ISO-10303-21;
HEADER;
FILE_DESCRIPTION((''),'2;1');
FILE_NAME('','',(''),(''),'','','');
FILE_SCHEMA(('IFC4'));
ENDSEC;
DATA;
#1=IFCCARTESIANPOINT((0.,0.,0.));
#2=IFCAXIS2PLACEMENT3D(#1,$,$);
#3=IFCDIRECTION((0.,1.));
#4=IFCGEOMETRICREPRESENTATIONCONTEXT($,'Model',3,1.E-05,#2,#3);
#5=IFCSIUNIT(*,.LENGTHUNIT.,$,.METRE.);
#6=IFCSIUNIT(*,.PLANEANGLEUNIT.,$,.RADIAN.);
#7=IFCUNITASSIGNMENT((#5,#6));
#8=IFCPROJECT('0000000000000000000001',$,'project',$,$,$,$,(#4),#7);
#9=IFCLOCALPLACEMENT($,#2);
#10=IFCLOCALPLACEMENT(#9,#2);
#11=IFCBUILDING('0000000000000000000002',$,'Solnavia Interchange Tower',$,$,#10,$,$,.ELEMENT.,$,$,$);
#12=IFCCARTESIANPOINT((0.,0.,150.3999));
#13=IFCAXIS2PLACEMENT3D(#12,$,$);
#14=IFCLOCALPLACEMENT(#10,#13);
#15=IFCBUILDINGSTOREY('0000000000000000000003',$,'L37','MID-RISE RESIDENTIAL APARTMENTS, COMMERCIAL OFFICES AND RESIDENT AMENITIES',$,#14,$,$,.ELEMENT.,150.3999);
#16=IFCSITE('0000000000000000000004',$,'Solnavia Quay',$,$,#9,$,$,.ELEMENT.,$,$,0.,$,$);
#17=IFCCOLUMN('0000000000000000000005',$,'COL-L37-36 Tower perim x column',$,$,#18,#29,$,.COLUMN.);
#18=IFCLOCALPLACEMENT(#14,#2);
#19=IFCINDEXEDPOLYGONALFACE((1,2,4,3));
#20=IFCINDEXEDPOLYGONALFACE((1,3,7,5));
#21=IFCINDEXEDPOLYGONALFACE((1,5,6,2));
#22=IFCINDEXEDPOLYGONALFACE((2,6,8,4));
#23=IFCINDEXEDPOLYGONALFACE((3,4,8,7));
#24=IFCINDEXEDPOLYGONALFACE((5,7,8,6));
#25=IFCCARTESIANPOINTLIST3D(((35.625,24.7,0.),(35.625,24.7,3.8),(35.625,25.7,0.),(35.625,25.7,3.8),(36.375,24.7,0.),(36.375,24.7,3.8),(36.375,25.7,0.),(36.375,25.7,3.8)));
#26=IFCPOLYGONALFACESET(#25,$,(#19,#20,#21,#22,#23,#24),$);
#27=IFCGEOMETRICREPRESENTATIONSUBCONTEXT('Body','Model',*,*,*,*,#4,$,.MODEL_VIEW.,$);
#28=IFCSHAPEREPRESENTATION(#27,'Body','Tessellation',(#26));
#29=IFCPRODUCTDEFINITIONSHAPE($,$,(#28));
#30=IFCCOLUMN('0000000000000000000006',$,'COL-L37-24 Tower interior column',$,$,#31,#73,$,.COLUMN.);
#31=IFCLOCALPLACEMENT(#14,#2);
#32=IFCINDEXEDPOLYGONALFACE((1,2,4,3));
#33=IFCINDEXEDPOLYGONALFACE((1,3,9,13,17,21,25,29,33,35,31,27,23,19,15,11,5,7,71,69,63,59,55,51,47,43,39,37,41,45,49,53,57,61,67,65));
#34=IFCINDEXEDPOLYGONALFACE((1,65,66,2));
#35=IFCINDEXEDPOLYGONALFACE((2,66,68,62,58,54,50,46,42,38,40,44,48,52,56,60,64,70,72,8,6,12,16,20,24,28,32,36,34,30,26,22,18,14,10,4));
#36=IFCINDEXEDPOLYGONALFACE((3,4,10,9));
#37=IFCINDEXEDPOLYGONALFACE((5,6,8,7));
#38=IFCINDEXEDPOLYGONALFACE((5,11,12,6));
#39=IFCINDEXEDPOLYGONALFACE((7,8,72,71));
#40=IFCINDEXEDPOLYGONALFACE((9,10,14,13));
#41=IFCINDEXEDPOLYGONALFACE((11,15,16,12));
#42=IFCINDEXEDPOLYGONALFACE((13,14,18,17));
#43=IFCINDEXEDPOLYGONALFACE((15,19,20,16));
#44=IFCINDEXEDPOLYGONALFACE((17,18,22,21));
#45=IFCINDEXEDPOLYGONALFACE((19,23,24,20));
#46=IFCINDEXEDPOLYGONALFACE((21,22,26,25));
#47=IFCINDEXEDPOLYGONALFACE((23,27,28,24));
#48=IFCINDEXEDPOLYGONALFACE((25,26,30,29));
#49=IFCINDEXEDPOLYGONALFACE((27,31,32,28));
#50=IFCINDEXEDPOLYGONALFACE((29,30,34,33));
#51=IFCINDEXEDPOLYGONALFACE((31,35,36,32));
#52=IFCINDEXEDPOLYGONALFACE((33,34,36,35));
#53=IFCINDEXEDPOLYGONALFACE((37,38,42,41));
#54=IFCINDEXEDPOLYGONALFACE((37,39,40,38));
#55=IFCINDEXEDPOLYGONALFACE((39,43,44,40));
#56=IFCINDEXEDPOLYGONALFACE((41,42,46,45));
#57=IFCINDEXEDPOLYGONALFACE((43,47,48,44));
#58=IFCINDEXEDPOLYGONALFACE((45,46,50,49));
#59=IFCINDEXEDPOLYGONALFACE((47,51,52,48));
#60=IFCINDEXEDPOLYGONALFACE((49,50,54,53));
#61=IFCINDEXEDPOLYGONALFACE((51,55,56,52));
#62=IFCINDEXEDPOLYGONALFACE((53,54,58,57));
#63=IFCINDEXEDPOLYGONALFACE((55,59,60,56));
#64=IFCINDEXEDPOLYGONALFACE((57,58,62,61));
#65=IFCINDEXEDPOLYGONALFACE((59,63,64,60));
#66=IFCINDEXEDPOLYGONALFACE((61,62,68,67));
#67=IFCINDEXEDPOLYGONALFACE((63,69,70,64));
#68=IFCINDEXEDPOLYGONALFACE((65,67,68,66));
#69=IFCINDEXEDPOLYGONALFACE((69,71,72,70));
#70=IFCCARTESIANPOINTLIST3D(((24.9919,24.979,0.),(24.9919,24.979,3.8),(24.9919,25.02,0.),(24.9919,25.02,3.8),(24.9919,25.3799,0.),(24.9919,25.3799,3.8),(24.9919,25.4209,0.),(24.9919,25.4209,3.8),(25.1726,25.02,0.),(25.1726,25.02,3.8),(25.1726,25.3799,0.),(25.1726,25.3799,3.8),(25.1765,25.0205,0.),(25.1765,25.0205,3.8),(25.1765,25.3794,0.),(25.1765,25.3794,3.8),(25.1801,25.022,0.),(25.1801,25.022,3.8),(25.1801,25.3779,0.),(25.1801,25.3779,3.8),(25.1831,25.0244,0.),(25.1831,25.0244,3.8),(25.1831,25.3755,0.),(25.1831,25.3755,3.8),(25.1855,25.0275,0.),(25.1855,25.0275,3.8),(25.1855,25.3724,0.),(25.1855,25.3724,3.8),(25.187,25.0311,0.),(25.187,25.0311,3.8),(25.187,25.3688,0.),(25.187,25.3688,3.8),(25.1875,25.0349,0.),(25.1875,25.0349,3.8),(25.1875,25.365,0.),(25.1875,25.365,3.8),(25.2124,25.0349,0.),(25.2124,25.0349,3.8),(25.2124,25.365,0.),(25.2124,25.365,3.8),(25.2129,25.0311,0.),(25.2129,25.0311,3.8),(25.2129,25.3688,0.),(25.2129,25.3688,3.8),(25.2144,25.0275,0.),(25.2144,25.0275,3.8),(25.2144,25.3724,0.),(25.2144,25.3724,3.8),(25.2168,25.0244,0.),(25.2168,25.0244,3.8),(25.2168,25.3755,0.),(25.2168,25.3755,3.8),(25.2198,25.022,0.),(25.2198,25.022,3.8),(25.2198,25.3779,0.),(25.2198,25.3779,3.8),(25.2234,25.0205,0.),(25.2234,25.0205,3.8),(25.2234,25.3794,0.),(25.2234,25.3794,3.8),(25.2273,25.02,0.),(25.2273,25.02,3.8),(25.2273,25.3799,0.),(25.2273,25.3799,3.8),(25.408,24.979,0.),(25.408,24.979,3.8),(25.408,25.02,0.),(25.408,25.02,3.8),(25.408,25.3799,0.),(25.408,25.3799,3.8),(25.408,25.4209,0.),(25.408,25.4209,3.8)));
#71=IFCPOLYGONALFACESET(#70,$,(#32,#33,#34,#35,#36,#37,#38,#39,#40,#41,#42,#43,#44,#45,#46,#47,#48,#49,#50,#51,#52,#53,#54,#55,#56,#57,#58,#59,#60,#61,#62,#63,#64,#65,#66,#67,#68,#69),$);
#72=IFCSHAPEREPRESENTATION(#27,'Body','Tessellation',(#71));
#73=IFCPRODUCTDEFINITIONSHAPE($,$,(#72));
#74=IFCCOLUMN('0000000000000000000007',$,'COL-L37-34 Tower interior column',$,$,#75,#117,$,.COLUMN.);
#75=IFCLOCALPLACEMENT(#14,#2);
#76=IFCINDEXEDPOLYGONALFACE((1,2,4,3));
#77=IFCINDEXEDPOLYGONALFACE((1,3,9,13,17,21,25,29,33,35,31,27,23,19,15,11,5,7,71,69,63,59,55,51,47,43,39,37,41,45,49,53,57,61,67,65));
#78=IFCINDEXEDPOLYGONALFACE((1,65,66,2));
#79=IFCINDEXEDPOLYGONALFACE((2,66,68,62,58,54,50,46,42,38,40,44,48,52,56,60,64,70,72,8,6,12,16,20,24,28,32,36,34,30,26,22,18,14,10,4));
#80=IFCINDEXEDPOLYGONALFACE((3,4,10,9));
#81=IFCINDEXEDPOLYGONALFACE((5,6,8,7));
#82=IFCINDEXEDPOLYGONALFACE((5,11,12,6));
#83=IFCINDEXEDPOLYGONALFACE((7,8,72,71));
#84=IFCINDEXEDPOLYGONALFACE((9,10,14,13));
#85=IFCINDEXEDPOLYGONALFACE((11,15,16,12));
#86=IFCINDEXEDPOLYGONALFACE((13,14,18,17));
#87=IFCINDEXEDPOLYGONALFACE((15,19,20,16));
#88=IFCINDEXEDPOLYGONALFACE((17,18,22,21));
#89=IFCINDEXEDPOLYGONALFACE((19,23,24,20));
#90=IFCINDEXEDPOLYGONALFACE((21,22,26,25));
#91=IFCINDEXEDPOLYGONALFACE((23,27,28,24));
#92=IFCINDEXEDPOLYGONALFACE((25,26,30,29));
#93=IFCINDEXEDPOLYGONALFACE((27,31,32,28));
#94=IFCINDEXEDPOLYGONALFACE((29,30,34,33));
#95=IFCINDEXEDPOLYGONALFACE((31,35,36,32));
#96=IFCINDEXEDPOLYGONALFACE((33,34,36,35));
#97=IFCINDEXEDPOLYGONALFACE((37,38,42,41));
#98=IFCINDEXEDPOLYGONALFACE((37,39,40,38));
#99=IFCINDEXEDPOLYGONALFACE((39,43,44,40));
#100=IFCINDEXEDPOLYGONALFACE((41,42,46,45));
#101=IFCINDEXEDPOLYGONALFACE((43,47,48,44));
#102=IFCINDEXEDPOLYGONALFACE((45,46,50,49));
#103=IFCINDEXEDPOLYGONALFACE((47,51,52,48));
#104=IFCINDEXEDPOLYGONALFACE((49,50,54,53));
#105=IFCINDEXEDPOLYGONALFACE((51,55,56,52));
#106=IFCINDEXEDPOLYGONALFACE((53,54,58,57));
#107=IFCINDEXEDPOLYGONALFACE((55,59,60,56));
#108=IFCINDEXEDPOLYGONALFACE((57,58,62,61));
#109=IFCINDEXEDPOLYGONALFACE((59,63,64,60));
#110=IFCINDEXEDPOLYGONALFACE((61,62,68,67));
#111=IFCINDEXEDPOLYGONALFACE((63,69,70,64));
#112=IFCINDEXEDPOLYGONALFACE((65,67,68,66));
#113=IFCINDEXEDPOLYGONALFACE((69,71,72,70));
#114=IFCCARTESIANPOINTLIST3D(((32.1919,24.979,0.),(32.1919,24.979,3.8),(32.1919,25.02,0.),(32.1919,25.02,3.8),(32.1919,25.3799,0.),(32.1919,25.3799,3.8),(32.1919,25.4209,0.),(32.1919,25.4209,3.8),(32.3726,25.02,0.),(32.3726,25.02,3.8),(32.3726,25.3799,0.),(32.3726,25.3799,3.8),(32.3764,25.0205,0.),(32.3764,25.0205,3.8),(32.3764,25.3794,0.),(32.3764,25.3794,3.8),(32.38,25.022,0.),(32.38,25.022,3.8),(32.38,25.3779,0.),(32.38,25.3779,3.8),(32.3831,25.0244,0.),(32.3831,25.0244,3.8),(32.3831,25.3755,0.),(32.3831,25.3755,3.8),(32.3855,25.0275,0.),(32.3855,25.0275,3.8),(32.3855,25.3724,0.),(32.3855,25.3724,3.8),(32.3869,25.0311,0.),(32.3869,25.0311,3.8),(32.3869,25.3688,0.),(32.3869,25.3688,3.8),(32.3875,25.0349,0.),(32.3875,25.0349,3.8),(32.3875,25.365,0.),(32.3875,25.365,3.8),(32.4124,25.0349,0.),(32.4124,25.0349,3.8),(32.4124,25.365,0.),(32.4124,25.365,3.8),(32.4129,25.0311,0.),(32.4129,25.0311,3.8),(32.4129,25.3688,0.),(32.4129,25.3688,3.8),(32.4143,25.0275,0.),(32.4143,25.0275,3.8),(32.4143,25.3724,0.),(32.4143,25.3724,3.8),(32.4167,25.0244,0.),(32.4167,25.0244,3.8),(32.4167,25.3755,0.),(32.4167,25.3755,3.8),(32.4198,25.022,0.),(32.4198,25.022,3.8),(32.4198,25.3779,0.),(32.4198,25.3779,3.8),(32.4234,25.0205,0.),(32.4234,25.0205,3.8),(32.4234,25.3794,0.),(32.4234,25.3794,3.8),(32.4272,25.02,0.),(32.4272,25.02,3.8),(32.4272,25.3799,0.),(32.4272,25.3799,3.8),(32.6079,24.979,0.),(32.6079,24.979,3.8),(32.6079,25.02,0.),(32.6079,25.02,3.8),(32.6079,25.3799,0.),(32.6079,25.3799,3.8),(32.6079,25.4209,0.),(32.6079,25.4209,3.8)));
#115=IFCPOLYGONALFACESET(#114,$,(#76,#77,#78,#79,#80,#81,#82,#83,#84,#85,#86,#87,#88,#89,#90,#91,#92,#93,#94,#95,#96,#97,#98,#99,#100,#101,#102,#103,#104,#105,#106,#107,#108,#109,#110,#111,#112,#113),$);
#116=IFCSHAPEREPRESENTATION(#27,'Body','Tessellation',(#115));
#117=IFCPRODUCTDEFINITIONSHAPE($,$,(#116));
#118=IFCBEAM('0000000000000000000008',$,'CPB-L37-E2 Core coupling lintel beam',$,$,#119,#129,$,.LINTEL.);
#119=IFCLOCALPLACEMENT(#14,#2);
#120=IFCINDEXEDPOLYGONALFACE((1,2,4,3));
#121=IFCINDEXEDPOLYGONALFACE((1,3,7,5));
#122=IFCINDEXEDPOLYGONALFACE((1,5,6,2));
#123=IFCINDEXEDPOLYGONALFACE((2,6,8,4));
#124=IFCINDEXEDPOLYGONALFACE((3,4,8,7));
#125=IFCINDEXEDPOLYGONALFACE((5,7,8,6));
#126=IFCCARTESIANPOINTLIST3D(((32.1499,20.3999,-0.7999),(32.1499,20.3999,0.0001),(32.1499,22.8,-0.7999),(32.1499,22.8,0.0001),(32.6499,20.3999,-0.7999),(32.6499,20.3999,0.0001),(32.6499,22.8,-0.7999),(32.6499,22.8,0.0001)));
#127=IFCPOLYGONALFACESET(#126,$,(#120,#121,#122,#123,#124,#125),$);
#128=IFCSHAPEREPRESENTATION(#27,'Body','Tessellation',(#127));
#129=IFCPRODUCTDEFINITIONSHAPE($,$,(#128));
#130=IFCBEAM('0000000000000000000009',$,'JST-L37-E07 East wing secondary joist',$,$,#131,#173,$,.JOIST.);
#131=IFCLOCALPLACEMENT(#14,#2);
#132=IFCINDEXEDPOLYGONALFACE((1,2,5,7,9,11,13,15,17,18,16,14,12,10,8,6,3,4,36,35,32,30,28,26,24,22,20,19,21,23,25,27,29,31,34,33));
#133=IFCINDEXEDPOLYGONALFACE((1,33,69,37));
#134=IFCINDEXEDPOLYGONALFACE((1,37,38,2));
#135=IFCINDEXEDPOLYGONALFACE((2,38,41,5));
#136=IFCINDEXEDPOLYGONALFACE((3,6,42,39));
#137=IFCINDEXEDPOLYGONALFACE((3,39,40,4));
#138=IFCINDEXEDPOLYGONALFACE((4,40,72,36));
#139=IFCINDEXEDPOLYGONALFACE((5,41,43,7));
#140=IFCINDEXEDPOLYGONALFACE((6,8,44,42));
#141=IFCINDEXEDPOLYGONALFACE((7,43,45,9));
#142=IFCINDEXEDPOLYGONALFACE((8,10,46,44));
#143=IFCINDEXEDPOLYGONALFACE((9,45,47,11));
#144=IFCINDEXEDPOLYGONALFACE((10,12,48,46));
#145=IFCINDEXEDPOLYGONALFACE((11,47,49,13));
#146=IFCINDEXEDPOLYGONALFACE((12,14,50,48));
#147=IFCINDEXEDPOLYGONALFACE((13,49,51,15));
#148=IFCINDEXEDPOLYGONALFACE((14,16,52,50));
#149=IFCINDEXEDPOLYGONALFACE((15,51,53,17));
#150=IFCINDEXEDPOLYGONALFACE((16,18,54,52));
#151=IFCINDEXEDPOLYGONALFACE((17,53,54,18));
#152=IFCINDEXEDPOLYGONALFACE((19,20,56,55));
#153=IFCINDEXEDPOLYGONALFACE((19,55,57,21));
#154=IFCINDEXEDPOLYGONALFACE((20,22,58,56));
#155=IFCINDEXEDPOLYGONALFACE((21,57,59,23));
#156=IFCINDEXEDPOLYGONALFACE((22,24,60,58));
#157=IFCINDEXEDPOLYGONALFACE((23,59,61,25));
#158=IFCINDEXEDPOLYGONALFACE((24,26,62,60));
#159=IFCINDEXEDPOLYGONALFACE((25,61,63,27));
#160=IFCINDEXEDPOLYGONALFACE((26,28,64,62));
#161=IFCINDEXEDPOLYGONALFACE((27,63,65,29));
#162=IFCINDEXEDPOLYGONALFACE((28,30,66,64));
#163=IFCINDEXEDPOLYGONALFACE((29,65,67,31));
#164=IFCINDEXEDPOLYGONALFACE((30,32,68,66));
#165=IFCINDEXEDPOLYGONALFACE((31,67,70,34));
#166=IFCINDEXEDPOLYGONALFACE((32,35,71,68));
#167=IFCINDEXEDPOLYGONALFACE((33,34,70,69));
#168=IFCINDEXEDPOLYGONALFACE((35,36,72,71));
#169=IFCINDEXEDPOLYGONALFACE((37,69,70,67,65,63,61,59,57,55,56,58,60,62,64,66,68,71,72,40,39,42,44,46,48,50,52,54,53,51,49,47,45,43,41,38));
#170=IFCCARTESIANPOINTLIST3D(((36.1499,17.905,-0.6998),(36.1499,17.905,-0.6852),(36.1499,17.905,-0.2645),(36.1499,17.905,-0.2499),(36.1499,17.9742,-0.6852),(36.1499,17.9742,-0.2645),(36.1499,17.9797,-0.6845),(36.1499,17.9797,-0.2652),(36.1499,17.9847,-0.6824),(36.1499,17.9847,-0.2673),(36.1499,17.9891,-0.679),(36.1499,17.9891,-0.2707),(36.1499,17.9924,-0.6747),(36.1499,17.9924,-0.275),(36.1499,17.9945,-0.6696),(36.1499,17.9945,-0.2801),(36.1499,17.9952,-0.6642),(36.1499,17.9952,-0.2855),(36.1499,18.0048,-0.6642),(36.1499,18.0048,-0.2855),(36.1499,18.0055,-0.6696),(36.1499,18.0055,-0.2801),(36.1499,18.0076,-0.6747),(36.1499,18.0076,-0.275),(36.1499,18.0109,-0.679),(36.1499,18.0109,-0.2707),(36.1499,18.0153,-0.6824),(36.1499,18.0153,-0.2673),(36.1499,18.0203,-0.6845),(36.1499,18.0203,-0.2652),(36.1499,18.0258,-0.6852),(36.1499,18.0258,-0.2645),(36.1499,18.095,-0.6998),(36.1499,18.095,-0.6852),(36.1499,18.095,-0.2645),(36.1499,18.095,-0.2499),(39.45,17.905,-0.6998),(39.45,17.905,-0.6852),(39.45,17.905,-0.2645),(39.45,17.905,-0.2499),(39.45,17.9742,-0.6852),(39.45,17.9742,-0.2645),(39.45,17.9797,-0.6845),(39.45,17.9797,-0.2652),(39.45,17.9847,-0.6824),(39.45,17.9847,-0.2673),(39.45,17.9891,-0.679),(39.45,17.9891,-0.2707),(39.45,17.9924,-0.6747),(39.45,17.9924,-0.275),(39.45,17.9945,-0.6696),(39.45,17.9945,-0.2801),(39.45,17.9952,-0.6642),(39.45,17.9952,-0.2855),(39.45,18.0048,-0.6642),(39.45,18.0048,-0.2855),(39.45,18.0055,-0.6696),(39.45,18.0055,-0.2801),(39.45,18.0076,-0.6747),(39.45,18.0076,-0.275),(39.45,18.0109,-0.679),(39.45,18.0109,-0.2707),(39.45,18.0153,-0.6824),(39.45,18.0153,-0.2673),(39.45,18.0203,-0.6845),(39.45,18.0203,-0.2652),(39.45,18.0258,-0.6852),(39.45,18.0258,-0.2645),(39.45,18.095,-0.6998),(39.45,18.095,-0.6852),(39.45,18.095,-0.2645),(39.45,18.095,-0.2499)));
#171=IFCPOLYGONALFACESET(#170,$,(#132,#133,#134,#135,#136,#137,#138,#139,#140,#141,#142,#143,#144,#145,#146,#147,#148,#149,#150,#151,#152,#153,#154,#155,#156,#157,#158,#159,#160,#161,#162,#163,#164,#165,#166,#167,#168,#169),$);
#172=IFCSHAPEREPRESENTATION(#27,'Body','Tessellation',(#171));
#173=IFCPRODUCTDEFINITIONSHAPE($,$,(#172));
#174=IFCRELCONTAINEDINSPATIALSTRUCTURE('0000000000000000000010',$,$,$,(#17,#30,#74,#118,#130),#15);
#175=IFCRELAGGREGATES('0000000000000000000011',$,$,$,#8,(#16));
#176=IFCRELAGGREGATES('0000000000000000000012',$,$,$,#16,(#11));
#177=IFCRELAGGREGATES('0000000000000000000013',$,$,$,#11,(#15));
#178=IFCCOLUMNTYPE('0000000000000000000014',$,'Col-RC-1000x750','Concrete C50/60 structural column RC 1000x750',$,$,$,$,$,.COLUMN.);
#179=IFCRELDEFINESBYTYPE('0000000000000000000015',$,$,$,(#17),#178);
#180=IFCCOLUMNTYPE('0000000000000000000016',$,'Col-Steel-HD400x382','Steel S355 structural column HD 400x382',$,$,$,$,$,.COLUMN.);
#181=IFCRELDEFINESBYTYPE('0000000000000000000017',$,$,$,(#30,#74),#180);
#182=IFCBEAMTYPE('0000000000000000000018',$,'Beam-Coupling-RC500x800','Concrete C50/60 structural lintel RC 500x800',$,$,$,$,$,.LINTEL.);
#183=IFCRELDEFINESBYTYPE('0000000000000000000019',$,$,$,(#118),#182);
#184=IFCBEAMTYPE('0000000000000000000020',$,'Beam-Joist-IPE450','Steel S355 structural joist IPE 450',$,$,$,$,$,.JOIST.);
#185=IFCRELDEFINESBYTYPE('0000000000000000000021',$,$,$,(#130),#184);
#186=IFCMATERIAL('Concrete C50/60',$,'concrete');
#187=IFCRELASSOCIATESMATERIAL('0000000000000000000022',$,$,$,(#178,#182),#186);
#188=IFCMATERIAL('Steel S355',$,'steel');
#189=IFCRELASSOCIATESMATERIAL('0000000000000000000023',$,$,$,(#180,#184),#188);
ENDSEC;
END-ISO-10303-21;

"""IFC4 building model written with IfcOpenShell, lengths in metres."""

from ifc_helpers import new_model, si_unit, direction, frame, origin, origin_2d, place, context, subcontext, project, spatial, rectangle, i_section, extrude, material, material_profile, profile_set, type_object, element, save


model = new_model("IFC4")

# Units and contexts
model_context = context("Model", 3, precision=1e-05, world=origin(), true_north=direction((0.0, 1.0)))
body_context = subcontext(model_context, "Body", "Model", "MODEL_VIEW")
ifc_project = project(units=[si_unit("LENGTHUNIT", "METRE"), si_unit("PLANEANGLEUNIT", "RADIAN")], contexts=[model_context])

# Site, building, storey
site_placement = place(None, origin())
site = spatial("IfcSite", under=ifc_project, at=site_placement, Name="Solnavia Quay", CompositionType="ELEMENT", RefElevation=0.0)
building_placement = place(site_placement, origin())
building = spatial("IfcBuilding", under=site, at=building_placement, Name="Solnavia Interchange Tower", CompositionType="ELEMENT")
storey_placement = place(building_placement, frame((0.0, 0.0, 150.3999)))
storey = spatial("IfcBuildingStorey", under=building, at=storey_placement, Name="L37", Description="MID-RISE RESIDENTIAL APARTMENTS, COMMERCIAL OFFICES AND RESIDENT AMENITIES", CompositionType="ELEMENT", Elevation=150.3999)

# Columns
ifc_material_1 = material(Name="Concrete C50/60", Category="concrete")
ifc_material_profile_1 = material_profile(ifc_material_1, rectangle(XDim=0.75, YDim=1.0, at=origin_2d()), Name="RC 1000x750")
ifc_profile_set_1 = profile_set([ifc_material_profile_1], Name="Concrete C50/60")
column_type_1 = type_object("IfcColumnType", Name="Col-RC-1000x750", Description="Concrete C50/60 structural column RC 1000x750", PredefinedType="COLUMN", material=ifc_profile_set_1)
column_placement = place(storey_placement, frame((36.0, 25.2, 0.0), z_axis=(0.0, 0.0, 1.0), x_axis=(1.0, 0.0, 0.0)))
element("IfcColumn", 1, at=column_placement, inside=storey, type_object=column_type_1, Name="COL-L37-36 Tower perim x column", PredefinedType="COLUMN", context=body_context, shape_type="SweptSolid", body=[
    extrude(rectangle(XDim=0.75, YDim=1.0, at=origin_2d()), origin(), (0.0, 0.0, 1.0), 3.8),
])
ifc_material_2 = material(Name="Steel S355", Category="steel")
ifc_material_profile_2 = material_profile(ifc_material_2, i_section(OverallWidth=0.416, OverallDepth=0.4419, WebThickness=0.0249, FlangeThickness=0.041, FilletRadius=0.0149, at=origin_2d()), Name="HD 400x382")
ifc_profile_set_2 = profile_set([ifc_material_profile_2], Name="Steel S355")
column_type_2 = type_object("IfcColumnType", Name="Col-Steel-HD400x382", Description="Steel S355 structural column HD 400x382", PredefinedType="COLUMN", material=ifc_profile_set_2)
for number, where, z_axis, x_axis, name in (
    (2, (25.2, 25.2, 0.0), (0.0, 0.0, 1.0), (1.0, 0.0, 0.0), "COL-L37-24 Tower interior column"),
    (3, (32.3999, 25.2, 0.0), (0.0, 0.0, 1.0), (1.0, 0.0, 0.0), "COL-L37-34 Tower interior column"),
):
    element("IfcColumn", number, at=place(storey_placement, frame(where, z_axis=z_axis, x_axis=x_axis)), inside=storey, type_object=column_type_2, Name=name, PredefinedType="COLUMN", context=body_context, shape_type="SweptSolid", body=[
        extrude(i_section(OverallWidth=0.416, OverallDepth=0.4419, WebThickness=0.0249, FlangeThickness=0.041, FilletRadius=0.0149, at=origin_2d()), origin(), (0.0, 0.0, 1.0), 3.8),
    ])

# Beams
ifc_material_profile_3 = material_profile(ifc_material_1, rectangle(XDim=0.5, YDim=0.8, at=origin_2d()), Name="RC 500x800")
ifc_profile_set_3 = profile_set([ifc_material_profile_3], Name="Concrete C50/60")
beam_type_1 = type_object("IfcBeamType", Name="Beam-Coupling-RC500x800", Description="Concrete C50/60 structural lintel RC 500x800", PredefinedType="LINTEL", material=ifc_profile_set_3)
beam_1_placement = place(storey_placement, frame((32.3999, 20.3999, -0.3999), z_axis=(0.0, 1.0, 0.0), x_axis=(-1.0, 0.0, 0.0)))
element("IfcBeam", 4, at=beam_1_placement, inside=storey, type_object=beam_type_1, Name="CPB-L37-E2 Core coupling lintel beam", PredefinedType="LINTEL", context=body_context, shape_type="SweptSolid", body=[
    extrude(rectangle(XDim=0.5, YDim=0.8, at=origin_2d()), origin(), (0.0, 0.0, 1.0), 2.4001),
])
ifc_material_profile_4 = material_profile(ifc_material_2, i_section(OverallWidth=0.1899, OverallDepth=0.45, WebThickness=0.0095, FlangeThickness=0.0146, FilletRadius=0.021, at=origin_2d()), Name="IPE 450")
ifc_profile_set_4 = profile_set([ifc_material_profile_4], Name="Steel S355")
beam_type_2 = type_object("IfcBeamType", Name="Beam-Joist-IPE450", Description="Steel S355 structural joist IPE 450", PredefinedType="JOIST", material=ifc_profile_set_4)
for number, where, z_axis, x_axis, name in (
    (5, (36.1499, 18.0, -0.4749), (1.0, 0.0, 0.0), (0.0, 1.0, 0.0), "JST-L37-E07 East wing secondary joist"),
):
    element("IfcBeam", number, at=place(storey_placement, frame(where, z_axis=z_axis, x_axis=x_axis)), inside=storey, type_object=beam_type_2, Name=name, PredefinedType="JOIST", context=body_context, shape_type="SweptSolid", body=[
        extrude(i_section(OverallWidth=0.1899, OverallDepth=0.45, WebThickness=0.0095, FlangeThickness=0.0146, FilletRadius=0.021, at=origin_2d()), origin(), (0.0, 0.0, 1.0), 3.3),
    ])

save(model, "model.ifc")
